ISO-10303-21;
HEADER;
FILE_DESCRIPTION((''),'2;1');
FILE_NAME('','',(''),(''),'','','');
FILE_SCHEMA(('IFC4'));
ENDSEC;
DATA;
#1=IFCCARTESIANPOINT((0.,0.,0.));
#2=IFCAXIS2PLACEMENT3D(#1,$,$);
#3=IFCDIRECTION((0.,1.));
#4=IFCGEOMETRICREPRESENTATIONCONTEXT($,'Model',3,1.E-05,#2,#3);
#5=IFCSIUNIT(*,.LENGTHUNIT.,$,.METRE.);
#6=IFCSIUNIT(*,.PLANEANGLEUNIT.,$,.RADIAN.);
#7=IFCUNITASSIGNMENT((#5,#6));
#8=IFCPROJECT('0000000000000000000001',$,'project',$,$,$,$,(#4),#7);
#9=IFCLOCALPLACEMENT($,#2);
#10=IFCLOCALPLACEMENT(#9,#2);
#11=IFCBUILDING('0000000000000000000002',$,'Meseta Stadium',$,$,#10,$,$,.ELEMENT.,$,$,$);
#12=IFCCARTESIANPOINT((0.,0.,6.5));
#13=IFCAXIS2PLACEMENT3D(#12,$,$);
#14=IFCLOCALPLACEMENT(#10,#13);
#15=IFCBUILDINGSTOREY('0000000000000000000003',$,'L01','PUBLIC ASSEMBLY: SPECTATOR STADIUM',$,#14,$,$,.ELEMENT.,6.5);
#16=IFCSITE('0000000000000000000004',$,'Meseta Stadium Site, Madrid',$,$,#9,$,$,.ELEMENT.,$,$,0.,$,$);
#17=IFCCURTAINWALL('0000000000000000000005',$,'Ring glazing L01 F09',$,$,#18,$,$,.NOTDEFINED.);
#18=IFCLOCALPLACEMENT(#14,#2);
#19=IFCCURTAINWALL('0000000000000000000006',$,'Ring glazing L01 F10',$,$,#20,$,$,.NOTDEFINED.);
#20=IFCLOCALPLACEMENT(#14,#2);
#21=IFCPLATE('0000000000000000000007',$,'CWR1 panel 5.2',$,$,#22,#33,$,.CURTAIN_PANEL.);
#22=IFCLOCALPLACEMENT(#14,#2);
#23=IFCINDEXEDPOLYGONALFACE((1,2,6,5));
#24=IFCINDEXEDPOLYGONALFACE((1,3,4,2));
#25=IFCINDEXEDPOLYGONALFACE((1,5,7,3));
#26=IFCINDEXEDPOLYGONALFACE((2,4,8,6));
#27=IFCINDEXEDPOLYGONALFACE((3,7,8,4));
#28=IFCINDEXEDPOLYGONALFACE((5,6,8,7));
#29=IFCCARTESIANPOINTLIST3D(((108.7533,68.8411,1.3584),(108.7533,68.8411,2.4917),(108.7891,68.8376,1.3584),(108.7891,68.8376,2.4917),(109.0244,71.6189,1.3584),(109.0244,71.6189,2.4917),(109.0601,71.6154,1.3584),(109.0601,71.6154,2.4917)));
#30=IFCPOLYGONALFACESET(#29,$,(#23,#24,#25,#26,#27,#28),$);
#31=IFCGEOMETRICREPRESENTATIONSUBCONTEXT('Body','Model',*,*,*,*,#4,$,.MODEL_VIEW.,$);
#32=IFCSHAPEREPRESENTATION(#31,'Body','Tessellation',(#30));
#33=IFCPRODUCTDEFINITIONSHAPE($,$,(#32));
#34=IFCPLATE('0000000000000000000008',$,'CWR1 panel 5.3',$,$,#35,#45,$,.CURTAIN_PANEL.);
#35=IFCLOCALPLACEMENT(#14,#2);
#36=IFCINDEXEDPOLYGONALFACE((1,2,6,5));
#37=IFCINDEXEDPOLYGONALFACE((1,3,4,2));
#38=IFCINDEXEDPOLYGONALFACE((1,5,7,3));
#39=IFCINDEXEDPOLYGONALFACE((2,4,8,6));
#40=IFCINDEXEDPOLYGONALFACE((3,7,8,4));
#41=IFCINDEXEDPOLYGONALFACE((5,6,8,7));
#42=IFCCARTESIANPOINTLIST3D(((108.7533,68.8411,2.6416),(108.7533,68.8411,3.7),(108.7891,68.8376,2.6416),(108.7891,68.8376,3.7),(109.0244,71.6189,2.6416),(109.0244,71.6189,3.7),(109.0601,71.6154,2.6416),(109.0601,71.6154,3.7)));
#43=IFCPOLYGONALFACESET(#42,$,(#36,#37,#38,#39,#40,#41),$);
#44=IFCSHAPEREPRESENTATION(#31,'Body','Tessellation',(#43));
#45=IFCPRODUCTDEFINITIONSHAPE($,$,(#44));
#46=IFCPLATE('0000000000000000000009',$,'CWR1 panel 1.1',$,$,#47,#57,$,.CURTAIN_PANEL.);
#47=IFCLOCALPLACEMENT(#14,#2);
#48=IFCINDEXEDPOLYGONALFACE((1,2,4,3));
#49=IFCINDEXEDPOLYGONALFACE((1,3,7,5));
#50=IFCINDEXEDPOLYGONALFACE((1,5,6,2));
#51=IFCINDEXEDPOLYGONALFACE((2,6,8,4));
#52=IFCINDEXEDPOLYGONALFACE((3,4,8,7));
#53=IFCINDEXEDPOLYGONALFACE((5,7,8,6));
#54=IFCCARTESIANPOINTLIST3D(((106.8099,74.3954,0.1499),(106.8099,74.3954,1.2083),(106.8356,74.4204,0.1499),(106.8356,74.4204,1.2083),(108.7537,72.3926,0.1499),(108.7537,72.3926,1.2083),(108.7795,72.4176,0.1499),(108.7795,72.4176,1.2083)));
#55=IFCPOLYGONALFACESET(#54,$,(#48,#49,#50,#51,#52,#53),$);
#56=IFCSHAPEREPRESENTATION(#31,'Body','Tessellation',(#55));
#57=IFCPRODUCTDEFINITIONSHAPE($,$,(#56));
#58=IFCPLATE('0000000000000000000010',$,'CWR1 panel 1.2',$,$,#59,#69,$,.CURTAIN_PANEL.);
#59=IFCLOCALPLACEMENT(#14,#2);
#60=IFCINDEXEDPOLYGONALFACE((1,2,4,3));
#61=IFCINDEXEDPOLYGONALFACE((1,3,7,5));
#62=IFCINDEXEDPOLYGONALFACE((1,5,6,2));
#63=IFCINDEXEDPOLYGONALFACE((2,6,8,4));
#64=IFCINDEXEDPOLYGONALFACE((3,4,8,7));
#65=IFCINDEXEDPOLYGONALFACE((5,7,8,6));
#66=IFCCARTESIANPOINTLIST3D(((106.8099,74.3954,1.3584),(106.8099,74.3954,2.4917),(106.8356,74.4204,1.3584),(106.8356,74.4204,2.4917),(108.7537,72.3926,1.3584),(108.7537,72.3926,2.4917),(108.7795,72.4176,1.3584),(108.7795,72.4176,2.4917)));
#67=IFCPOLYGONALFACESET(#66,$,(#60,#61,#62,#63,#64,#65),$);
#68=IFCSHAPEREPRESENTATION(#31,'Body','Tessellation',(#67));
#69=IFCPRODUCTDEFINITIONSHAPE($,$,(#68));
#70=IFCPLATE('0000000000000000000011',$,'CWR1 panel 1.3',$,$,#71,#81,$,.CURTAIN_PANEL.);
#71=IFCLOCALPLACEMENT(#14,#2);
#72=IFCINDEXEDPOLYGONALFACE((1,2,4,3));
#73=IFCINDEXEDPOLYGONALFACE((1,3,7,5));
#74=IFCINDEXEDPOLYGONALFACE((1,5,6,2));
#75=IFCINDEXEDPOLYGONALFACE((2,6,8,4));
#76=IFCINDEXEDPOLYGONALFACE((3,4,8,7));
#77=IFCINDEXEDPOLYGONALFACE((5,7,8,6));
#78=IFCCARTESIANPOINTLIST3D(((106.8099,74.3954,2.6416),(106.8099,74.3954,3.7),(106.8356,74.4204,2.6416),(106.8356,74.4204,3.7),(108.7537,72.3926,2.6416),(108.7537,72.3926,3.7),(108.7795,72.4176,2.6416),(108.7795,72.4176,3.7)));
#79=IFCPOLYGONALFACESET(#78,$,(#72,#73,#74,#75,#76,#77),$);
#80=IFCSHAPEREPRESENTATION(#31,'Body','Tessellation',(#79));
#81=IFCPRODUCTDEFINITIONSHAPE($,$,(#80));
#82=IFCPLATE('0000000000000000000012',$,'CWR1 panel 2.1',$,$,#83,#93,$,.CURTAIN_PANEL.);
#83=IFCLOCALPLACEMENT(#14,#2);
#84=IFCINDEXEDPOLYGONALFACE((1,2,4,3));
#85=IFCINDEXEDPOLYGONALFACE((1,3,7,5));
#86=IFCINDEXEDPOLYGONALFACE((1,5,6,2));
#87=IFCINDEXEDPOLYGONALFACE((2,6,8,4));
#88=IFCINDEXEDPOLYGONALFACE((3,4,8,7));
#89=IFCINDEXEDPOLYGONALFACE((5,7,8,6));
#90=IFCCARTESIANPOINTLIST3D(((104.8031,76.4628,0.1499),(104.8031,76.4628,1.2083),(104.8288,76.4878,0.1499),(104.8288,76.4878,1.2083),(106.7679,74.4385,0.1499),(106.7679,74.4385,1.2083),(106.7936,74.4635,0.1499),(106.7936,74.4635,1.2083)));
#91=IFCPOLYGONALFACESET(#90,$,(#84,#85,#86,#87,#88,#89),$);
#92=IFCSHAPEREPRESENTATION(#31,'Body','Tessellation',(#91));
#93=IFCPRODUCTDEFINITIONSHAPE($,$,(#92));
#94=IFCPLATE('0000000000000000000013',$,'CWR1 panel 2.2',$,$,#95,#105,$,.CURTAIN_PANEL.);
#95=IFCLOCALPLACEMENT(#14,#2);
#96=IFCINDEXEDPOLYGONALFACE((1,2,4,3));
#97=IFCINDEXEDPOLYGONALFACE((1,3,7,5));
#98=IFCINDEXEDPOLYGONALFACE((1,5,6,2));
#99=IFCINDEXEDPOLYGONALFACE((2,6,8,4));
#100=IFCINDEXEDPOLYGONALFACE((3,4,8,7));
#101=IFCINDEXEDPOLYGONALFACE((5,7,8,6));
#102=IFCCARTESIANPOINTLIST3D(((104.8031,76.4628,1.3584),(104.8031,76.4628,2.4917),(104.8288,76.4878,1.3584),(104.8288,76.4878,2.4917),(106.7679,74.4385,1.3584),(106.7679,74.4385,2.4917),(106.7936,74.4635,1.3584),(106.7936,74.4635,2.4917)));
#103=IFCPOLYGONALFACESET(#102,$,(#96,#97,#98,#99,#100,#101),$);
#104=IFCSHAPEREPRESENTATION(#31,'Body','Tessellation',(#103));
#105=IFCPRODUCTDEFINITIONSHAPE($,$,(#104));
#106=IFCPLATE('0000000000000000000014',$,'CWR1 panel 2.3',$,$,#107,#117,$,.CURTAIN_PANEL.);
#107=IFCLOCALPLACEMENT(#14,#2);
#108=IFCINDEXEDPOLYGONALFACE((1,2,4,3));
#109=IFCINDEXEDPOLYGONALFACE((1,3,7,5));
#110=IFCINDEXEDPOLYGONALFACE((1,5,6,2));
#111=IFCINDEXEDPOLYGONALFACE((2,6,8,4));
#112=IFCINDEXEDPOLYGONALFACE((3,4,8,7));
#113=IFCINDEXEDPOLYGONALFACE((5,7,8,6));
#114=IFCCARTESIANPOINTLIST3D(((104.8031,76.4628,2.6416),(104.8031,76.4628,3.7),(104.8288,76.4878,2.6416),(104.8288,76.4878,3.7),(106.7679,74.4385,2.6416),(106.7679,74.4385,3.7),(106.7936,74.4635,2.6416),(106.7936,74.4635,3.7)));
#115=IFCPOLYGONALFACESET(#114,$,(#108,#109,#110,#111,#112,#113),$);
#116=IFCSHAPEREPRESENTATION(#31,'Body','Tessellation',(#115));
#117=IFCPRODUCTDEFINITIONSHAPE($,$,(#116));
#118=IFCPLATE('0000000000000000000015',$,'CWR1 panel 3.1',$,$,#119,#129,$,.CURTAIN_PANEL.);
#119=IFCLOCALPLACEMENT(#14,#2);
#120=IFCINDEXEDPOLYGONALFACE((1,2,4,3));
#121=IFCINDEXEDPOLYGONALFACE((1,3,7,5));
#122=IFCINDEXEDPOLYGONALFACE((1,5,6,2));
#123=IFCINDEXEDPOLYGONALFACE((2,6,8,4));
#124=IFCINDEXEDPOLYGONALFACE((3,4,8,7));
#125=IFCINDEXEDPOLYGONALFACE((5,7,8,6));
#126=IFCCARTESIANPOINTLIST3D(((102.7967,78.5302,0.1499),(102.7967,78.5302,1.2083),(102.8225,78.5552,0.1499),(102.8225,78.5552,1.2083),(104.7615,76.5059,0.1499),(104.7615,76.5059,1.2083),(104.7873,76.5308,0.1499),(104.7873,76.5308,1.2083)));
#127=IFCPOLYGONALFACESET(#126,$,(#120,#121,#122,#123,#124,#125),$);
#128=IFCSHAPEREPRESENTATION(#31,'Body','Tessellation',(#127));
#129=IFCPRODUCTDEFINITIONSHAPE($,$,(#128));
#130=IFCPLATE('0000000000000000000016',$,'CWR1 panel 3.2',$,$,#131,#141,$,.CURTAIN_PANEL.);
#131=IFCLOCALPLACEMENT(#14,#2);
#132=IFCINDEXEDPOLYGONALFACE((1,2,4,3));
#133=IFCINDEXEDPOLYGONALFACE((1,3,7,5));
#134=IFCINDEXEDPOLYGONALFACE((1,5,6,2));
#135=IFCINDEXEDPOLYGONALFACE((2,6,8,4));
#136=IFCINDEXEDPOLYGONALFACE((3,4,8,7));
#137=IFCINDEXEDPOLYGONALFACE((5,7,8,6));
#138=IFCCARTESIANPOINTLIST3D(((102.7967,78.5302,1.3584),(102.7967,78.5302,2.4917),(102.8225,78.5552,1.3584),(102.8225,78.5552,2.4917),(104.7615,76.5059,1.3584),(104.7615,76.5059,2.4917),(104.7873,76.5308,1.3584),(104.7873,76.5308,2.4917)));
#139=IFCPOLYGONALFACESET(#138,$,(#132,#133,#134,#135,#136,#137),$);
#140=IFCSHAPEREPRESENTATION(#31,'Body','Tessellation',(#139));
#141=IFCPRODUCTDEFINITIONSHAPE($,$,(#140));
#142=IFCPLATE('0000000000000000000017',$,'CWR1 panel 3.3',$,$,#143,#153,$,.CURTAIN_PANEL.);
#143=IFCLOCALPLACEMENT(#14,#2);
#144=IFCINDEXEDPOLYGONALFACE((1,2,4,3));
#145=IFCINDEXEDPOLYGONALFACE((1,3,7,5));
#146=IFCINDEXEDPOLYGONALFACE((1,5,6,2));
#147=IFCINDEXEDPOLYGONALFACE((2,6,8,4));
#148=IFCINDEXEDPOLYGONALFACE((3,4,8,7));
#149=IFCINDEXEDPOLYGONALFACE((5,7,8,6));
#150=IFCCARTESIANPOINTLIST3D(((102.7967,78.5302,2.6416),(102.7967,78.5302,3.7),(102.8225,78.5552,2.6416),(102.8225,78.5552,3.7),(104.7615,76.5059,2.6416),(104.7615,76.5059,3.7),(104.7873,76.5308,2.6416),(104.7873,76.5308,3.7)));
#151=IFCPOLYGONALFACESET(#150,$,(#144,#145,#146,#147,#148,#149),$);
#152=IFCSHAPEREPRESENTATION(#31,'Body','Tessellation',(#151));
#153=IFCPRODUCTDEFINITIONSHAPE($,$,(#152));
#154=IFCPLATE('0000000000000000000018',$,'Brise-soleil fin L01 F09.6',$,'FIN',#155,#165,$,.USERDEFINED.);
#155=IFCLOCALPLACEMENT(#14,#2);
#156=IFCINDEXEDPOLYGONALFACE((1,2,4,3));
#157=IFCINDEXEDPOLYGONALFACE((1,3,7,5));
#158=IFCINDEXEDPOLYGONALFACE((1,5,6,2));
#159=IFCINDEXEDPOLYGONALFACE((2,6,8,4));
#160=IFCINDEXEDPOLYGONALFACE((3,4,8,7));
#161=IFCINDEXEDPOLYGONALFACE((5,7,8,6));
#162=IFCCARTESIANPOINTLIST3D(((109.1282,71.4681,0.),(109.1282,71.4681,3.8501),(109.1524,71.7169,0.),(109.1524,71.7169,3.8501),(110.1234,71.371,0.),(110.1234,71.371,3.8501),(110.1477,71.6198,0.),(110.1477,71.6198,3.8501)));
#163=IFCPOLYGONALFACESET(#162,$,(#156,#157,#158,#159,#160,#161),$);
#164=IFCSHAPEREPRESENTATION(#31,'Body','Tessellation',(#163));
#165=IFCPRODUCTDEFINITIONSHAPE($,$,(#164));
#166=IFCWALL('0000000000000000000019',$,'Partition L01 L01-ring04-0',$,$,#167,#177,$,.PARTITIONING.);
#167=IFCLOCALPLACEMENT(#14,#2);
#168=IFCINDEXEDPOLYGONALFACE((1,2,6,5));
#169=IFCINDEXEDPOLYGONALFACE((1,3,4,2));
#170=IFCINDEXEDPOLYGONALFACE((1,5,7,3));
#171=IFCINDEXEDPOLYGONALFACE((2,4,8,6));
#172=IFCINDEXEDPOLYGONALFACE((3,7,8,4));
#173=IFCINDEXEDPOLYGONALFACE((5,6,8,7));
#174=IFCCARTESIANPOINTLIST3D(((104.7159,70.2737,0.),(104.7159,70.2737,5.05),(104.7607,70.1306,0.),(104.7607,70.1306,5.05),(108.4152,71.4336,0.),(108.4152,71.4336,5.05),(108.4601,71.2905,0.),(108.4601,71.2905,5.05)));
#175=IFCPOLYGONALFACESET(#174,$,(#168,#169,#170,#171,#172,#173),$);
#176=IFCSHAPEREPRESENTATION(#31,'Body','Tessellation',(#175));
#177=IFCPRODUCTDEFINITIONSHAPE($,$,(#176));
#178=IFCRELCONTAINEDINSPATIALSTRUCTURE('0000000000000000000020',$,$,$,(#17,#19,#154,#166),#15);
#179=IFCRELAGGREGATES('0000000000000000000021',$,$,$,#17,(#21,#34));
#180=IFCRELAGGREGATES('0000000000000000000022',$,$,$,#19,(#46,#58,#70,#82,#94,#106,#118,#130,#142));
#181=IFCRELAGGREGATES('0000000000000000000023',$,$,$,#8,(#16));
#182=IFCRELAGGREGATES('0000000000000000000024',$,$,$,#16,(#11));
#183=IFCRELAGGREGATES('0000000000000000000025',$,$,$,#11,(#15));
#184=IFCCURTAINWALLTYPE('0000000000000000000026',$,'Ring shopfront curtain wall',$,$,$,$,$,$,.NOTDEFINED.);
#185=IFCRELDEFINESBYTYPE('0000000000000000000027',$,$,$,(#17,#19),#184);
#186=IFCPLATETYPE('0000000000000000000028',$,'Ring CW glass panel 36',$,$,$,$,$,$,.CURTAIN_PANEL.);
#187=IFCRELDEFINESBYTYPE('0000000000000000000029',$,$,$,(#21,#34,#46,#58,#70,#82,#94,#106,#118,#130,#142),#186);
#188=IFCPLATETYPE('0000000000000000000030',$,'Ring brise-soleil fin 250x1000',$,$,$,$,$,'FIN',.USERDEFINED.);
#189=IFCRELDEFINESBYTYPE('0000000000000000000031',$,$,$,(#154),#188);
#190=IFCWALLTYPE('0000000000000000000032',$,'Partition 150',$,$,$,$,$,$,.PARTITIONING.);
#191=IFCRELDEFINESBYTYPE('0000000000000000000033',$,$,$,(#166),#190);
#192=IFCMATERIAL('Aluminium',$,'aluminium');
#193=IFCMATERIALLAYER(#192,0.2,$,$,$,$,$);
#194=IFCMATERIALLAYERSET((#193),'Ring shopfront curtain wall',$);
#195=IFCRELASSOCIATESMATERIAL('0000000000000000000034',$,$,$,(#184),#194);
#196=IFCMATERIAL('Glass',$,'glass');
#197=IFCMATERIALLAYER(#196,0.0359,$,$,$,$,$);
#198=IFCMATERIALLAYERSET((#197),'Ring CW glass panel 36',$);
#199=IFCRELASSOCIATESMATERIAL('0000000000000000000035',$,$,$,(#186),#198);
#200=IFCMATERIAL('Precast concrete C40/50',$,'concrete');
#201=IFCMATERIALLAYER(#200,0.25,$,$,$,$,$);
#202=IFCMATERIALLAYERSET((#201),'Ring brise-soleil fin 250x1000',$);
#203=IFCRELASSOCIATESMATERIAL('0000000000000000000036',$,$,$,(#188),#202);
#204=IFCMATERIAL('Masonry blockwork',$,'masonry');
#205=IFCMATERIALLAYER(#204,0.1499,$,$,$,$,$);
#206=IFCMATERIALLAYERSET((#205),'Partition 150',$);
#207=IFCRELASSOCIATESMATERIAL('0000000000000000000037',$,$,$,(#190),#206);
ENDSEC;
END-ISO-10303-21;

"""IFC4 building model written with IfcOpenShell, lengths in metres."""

from ifc_helpers import new_model, si_unit, direction, frame, frame_2d, origin, origin_2d, place, context, subcontext, project, spatial, rectangle, extrude, material, layer, layer_set, type_object, element, aggregate, save


model = new_model("IFC4")

# Units and contexts
model_context = context("Model", 3, precision=1e-05, world=origin(), true_north=direction((0.0, 1.0)))
body_context = subcontext(model_context, "Body", "Model", "MODEL_VIEW")
ifc_project = project(units=[si_unit("LENGTHUNIT", "METRE"), si_unit("PLANEANGLEUNIT", "RADIAN")], contexts=[model_context])

# Site, building, storey
site_placement = place(None, origin())
site = spatial("IfcSite", under=ifc_project, at=site_placement, Name="Meseta Stadium Site, Madrid", CompositionType="ELEMENT", RefElevation=0.0)
building_placement = place(site_placement, origin())
building = spatial("IfcBuilding", under=site, at=building_placement, Name="Meseta Stadium", CompositionType="ELEMENT")
storey_placement = place(building_placement, frame((0.0, 0.0, 6.5)))
storey = spatial("IfcBuildingStorey", under=building, at=storey_placement, Name="L01", Description="PUBLIC ASSEMBLY: SPECTATOR STADIUM", CompositionType="ELEMENT", Elevation=6.5)

# Curtain wall
ifc_material_1 = material(Name="Aluminium", Category="aluminium")
ifc_layer_1 = layer(ifc_material_1, 0.2)
ifc_layer_set_1 = layer_set([ifc_layer_1], Name="Ring shopfront curtain wall")
curtain_wall_type = type_object("IfcCurtainWallType", Name="Ring shopfront curtain wall", PredefinedType="NOTDEFINED", material=ifc_layer_set_1)
curtain_wall_1_placement = place(storey_placement, origin())
curtain_wall_1 = element("IfcCurtainWall", 1, at=curtain_wall_1_placement, inside=storey, type_object=curtain_wall_type, Name="Ring glazing L01 F09", PredefinedType="NOTDEFINED")

# Curtain wall
curtain_wall_2_placement = place(storey_placement, origin())
curtain_wall_2 = element("IfcCurtainWall", 2, at=curtain_wall_2_placement, inside=storey, type_object=curtain_wall_type, Name="Ring glazing L01 F10", PredefinedType="NOTDEFINED")

# Plates
ifc_material_2 = material(Name="Glass", Category="glass")
ifc_layer_2 = layer(ifc_material_2, 0.0359)
ifc_layer_set_2 = layer_set([ifc_layer_2], Name="Ring CW glass panel 36")
plate_type_1 = type_object("IfcPlateType", Name="Ring CW glass panel 36", PredefinedType="CURTAIN_PANEL", material=ifc_layer_set_2)
plate_1_placement = place(storey_placement, frame((108.9067, 70.2283, 1.3584), z_axis=(0.0, 0.0, 1.0), x_axis=(0.097125, 0.995272, 0.0)))
plate_1 = element("IfcPlate", 3, at=plate_1_placement, type_object=plate_type_1, Name="CWR1 panel 5.2", PredefinedType="CURTAIN_PANEL", context=body_context, shape_type="SweptSolid", body=[
    extrude(rectangle(XDim=2.791, YDim=0.0359, at=origin_2d()), origin(), (0.0, 0.0, 1.0), 1.1333),
])
plate_2_placement = place(storey_placement, frame((108.9067, 70.2283, 2.6416), z_axis=(0.0, 0.0, 1.0), x_axis=(0.097125, 0.995272, 0.0)))
plate_2 = element("IfcPlate", 4, at=plate_2_placement, type_object=plate_type_1, Name="CWR1 panel 5.3", PredefinedType="CURTAIN_PANEL", context=body_context, shape_type="SweptSolid", body=[
    extrude(rectangle(XDim=2.791, YDim=0.0359, at=origin_2d()), origin(), (0.0, 0.0, 1.0), 1.0583),
])
aggregate(curtain_wall_1, [plate_1, plate_2])
plate_3_placement = place(storey_placement, frame((107.7947, 73.4065, 0.1499), z_axis=(0.0, 0.0, 1.0), x_axis=(-0.696473, 0.717583, 0.0)))
plate_3 = element("IfcPlate", 5, at=plate_3_placement, type_object=plate_type_1, Name="CWR1 panel 1.1", PredefinedType="CURTAIN_PANEL", context=body_context, shape_type="SweptSolid", body=[
    extrude(rectangle(XDim=2.791, YDim=0.0359, at=origin_2d()), origin(), (0.0, 0.0, 1.0), 1.0583),
])
plate_4_placement = place(storey_placement, frame((107.7947, 73.4065, 1.3584), z_axis=(0.0, 0.0, 1.0), x_axis=(-0.696473, 0.717583, 0.0)))
plate_4 = element("IfcPlate", 6, at=plate_4_placement, type_object=plate_type_1, Name="CWR1 panel 1.2", PredefinedType="CURTAIN_PANEL", context=body_context, shape_type="SweptSolid", body=[
    extrude(rectangle(XDim=2.791, YDim=0.0359, at=origin_2d()), origin(), (0.0, 0.0, 1.0), 1.1333),
])
plate_5_placement = place(storey_placement, frame((107.7947, 73.4065, 2.6416), z_axis=(0.0, 0.0, 1.0), x_axis=(-0.696473, 0.717583, 0.0)))
plate_5 = element("IfcPlate", 7, at=plate_5_placement, type_object=plate_type_1, Name="CWR1 panel 1.3", PredefinedType="CURTAIN_PANEL", context=body_context, shape_type="SweptSolid", body=[
    extrude(rectangle(XDim=2.791, YDim=0.0359, at=origin_2d()), origin(), (0.0, 0.0, 1.0), 1.0583),
])
plate_6_placement = place(storey_placement, frame((105.7983, 75.4631, 0.1499), z_axis=(0.0, 0.0, 1.0), x_axis=(-0.696473, 0.717583, 0.0)))
plate_6 = element("IfcPlate", 8, at=plate_6_placement, type_object=plate_type_1, Name="CWR1 panel 2.1", PredefinedType="CURTAIN_PANEL", context=body_context, shape_type="SweptSolid", body=[
    extrude(rectangle(XDim=2.821, YDim=0.0359, at=origin_2d()), origin(), (0.0, 0.0, 1.0), 1.0583),
])
plate_7_placement = place(storey_placement, frame((105.7983, 75.4631, 1.3584), z_axis=(0.0, 0.0, 1.0), x_axis=(-0.696473, 0.717583, 0.0)))
plate_7 = element("IfcPlate", 9, at=plate_7_placement, type_object=plate_type_1, Name="CWR1 panel 2.2", PredefinedType="CURTAIN_PANEL", context=body_context, shape_type="SweptSolid", body=[
    extrude(rectangle(XDim=2.821, YDim=0.0359, at=origin_2d()), origin(), (0.0, 0.0, 1.0), 1.1333),
])
plate_8_placement = place(storey_placement, frame((105.7983, 75.4631, 2.6416), z_axis=(0.0, 0.0, 1.0), x_axis=(-0.696473, 0.717583, 0.0)))
plate_8 = element("IfcPlate", 10, at=plate_8_placement, type_object=plate_type_1, Name="CWR1 panel 2.3", PredefinedType="CURTAIN_PANEL", context=body_context, shape_type="SweptSolid", body=[
    extrude(rectangle(XDim=2.821, YDim=0.0359, at=origin_2d()), origin(), (0.0, 0.0, 1.0), 1.0583),
])
plate_9_placement = place(storey_placement, frame((103.792, 77.5305, 0.1499), z_axis=(0.0, 0.0, 1.0), x_axis=(-0.696473, 0.717583, 0.0)))
plate_9 = element("IfcPlate", 11, at=plate_9_placement, type_object=plate_type_1, Name="CWR1 panel 3.1", PredefinedType="CURTAIN_PANEL", context=body_context, shape_type="SweptSolid", body=[
    extrude(rectangle(XDim=2.821, YDim=0.0359, at=origin_2d()), origin(), (0.0, 0.0, 1.0), 1.0583),
])
plate_10_placement = place(storey_placement, frame((103.792, 77.5305, 1.3584), z_axis=(0.0, 0.0, 1.0), x_axis=(-0.696473, 0.717583, 0.0)))
plate_10 = element("IfcPlate", 12, at=plate_10_placement, type_object=plate_type_1, Name="CWR1 panel 3.2", PredefinedType="CURTAIN_PANEL", context=body_context, shape_type="SweptSolid", body=[
    extrude(rectangle(XDim=2.821, YDim=0.0359, at=origin_2d()), origin(), (0.0, 0.0, 1.0), 1.1333),
])
plate_11_placement = place(storey_placement, frame((103.792, 77.5305, 2.6416), z_axis=(0.0, 0.0, 1.0), x_axis=(-0.696473, 0.717583, 0.0)))
plate_11 = element("IfcPlate", 13, at=plate_11_placement, type_object=plate_type_1, Name="CWR1 panel 3.3", PredefinedType="CURTAIN_PANEL", context=body_context, shape_type="SweptSolid", body=[
    extrude(rectangle(XDim=2.821, YDim=0.0359, at=origin_2d()), origin(), (0.0, 0.0, 1.0), 1.0583),
])
aggregate(curtain_wall_2, [plate_3, plate_4, plate_5, plate_6, plate_7, plate_8, plate_9, plate_10, plate_11])
ifc_material_3 = material(Name="Precast concrete C40/50", Category="concrete")
ifc_layer_3 = layer(ifc_material_3, 0.25)
ifc_layer_set_3 = layer_set([ifc_layer_3], Name="Ring brise-soleil fin 250x1000")
plate_type_2 = type_object("IfcPlateType", Name="Ring brise-soleil fin 250x1000", ElementType="FIN", PredefinedType="USERDEFINED", material=ifc_layer_set_3)
plate_12_placement = place(storey_placement, frame((109.6379, 71.5439, 0.0), z_axis=(0.0, 0.0, 1.0), x_axis=(0.097123, 0.995272, 0.0)))
element("IfcPlate", 14, at=plate_12_placement, inside=storey, type_object=plate_type_2, Name="Brise-soleil fin L01 F09.6", ObjectType="FIN", PredefinedType="USERDEFINED", context=body_context, shape_type="SweptSolid", body=[
    extrude(rectangle(XDim=0.25, YDim=1.0, at=origin_2d()), origin(), (0.0, 0.0, 1.0), 3.8501),
])

# Wall
ifc_material_4 = material(Name="Masonry blockwork", Category="masonry")
ifc_layer_4 = layer(ifc_material_4, 0.1499)
ifc_layer_set_4 = layer_set([ifc_layer_4], Name="Partition 150")
wall_type = type_object("IfcWallType", Name="Partition 150", PredefinedType="PARTITIONING", material=ifc_layer_set_4)
wall_placement = place(storey_placement, frame((104.7383, 70.2021, 0.0), z_axis=(0.0, 0.0, 1.0), x_axis=(0.954198, 0.299175, 0.0)))
element("IfcWall", 15, at=wall_placement, inside=storey, type_object=wall_type, Name="Partition L01 L01-ring04-0", PredefinedType="PARTITIONING", context=body_context, shape_type="SweptSolid", body=[
    extrude(rectangle(XDim=3.877, YDim=0.1499, at=frame_2d((1.9385, 0.0))), origin(), (0.0, 0.0, 1.0), 5.05),
])

save(model, "model.ifc")
